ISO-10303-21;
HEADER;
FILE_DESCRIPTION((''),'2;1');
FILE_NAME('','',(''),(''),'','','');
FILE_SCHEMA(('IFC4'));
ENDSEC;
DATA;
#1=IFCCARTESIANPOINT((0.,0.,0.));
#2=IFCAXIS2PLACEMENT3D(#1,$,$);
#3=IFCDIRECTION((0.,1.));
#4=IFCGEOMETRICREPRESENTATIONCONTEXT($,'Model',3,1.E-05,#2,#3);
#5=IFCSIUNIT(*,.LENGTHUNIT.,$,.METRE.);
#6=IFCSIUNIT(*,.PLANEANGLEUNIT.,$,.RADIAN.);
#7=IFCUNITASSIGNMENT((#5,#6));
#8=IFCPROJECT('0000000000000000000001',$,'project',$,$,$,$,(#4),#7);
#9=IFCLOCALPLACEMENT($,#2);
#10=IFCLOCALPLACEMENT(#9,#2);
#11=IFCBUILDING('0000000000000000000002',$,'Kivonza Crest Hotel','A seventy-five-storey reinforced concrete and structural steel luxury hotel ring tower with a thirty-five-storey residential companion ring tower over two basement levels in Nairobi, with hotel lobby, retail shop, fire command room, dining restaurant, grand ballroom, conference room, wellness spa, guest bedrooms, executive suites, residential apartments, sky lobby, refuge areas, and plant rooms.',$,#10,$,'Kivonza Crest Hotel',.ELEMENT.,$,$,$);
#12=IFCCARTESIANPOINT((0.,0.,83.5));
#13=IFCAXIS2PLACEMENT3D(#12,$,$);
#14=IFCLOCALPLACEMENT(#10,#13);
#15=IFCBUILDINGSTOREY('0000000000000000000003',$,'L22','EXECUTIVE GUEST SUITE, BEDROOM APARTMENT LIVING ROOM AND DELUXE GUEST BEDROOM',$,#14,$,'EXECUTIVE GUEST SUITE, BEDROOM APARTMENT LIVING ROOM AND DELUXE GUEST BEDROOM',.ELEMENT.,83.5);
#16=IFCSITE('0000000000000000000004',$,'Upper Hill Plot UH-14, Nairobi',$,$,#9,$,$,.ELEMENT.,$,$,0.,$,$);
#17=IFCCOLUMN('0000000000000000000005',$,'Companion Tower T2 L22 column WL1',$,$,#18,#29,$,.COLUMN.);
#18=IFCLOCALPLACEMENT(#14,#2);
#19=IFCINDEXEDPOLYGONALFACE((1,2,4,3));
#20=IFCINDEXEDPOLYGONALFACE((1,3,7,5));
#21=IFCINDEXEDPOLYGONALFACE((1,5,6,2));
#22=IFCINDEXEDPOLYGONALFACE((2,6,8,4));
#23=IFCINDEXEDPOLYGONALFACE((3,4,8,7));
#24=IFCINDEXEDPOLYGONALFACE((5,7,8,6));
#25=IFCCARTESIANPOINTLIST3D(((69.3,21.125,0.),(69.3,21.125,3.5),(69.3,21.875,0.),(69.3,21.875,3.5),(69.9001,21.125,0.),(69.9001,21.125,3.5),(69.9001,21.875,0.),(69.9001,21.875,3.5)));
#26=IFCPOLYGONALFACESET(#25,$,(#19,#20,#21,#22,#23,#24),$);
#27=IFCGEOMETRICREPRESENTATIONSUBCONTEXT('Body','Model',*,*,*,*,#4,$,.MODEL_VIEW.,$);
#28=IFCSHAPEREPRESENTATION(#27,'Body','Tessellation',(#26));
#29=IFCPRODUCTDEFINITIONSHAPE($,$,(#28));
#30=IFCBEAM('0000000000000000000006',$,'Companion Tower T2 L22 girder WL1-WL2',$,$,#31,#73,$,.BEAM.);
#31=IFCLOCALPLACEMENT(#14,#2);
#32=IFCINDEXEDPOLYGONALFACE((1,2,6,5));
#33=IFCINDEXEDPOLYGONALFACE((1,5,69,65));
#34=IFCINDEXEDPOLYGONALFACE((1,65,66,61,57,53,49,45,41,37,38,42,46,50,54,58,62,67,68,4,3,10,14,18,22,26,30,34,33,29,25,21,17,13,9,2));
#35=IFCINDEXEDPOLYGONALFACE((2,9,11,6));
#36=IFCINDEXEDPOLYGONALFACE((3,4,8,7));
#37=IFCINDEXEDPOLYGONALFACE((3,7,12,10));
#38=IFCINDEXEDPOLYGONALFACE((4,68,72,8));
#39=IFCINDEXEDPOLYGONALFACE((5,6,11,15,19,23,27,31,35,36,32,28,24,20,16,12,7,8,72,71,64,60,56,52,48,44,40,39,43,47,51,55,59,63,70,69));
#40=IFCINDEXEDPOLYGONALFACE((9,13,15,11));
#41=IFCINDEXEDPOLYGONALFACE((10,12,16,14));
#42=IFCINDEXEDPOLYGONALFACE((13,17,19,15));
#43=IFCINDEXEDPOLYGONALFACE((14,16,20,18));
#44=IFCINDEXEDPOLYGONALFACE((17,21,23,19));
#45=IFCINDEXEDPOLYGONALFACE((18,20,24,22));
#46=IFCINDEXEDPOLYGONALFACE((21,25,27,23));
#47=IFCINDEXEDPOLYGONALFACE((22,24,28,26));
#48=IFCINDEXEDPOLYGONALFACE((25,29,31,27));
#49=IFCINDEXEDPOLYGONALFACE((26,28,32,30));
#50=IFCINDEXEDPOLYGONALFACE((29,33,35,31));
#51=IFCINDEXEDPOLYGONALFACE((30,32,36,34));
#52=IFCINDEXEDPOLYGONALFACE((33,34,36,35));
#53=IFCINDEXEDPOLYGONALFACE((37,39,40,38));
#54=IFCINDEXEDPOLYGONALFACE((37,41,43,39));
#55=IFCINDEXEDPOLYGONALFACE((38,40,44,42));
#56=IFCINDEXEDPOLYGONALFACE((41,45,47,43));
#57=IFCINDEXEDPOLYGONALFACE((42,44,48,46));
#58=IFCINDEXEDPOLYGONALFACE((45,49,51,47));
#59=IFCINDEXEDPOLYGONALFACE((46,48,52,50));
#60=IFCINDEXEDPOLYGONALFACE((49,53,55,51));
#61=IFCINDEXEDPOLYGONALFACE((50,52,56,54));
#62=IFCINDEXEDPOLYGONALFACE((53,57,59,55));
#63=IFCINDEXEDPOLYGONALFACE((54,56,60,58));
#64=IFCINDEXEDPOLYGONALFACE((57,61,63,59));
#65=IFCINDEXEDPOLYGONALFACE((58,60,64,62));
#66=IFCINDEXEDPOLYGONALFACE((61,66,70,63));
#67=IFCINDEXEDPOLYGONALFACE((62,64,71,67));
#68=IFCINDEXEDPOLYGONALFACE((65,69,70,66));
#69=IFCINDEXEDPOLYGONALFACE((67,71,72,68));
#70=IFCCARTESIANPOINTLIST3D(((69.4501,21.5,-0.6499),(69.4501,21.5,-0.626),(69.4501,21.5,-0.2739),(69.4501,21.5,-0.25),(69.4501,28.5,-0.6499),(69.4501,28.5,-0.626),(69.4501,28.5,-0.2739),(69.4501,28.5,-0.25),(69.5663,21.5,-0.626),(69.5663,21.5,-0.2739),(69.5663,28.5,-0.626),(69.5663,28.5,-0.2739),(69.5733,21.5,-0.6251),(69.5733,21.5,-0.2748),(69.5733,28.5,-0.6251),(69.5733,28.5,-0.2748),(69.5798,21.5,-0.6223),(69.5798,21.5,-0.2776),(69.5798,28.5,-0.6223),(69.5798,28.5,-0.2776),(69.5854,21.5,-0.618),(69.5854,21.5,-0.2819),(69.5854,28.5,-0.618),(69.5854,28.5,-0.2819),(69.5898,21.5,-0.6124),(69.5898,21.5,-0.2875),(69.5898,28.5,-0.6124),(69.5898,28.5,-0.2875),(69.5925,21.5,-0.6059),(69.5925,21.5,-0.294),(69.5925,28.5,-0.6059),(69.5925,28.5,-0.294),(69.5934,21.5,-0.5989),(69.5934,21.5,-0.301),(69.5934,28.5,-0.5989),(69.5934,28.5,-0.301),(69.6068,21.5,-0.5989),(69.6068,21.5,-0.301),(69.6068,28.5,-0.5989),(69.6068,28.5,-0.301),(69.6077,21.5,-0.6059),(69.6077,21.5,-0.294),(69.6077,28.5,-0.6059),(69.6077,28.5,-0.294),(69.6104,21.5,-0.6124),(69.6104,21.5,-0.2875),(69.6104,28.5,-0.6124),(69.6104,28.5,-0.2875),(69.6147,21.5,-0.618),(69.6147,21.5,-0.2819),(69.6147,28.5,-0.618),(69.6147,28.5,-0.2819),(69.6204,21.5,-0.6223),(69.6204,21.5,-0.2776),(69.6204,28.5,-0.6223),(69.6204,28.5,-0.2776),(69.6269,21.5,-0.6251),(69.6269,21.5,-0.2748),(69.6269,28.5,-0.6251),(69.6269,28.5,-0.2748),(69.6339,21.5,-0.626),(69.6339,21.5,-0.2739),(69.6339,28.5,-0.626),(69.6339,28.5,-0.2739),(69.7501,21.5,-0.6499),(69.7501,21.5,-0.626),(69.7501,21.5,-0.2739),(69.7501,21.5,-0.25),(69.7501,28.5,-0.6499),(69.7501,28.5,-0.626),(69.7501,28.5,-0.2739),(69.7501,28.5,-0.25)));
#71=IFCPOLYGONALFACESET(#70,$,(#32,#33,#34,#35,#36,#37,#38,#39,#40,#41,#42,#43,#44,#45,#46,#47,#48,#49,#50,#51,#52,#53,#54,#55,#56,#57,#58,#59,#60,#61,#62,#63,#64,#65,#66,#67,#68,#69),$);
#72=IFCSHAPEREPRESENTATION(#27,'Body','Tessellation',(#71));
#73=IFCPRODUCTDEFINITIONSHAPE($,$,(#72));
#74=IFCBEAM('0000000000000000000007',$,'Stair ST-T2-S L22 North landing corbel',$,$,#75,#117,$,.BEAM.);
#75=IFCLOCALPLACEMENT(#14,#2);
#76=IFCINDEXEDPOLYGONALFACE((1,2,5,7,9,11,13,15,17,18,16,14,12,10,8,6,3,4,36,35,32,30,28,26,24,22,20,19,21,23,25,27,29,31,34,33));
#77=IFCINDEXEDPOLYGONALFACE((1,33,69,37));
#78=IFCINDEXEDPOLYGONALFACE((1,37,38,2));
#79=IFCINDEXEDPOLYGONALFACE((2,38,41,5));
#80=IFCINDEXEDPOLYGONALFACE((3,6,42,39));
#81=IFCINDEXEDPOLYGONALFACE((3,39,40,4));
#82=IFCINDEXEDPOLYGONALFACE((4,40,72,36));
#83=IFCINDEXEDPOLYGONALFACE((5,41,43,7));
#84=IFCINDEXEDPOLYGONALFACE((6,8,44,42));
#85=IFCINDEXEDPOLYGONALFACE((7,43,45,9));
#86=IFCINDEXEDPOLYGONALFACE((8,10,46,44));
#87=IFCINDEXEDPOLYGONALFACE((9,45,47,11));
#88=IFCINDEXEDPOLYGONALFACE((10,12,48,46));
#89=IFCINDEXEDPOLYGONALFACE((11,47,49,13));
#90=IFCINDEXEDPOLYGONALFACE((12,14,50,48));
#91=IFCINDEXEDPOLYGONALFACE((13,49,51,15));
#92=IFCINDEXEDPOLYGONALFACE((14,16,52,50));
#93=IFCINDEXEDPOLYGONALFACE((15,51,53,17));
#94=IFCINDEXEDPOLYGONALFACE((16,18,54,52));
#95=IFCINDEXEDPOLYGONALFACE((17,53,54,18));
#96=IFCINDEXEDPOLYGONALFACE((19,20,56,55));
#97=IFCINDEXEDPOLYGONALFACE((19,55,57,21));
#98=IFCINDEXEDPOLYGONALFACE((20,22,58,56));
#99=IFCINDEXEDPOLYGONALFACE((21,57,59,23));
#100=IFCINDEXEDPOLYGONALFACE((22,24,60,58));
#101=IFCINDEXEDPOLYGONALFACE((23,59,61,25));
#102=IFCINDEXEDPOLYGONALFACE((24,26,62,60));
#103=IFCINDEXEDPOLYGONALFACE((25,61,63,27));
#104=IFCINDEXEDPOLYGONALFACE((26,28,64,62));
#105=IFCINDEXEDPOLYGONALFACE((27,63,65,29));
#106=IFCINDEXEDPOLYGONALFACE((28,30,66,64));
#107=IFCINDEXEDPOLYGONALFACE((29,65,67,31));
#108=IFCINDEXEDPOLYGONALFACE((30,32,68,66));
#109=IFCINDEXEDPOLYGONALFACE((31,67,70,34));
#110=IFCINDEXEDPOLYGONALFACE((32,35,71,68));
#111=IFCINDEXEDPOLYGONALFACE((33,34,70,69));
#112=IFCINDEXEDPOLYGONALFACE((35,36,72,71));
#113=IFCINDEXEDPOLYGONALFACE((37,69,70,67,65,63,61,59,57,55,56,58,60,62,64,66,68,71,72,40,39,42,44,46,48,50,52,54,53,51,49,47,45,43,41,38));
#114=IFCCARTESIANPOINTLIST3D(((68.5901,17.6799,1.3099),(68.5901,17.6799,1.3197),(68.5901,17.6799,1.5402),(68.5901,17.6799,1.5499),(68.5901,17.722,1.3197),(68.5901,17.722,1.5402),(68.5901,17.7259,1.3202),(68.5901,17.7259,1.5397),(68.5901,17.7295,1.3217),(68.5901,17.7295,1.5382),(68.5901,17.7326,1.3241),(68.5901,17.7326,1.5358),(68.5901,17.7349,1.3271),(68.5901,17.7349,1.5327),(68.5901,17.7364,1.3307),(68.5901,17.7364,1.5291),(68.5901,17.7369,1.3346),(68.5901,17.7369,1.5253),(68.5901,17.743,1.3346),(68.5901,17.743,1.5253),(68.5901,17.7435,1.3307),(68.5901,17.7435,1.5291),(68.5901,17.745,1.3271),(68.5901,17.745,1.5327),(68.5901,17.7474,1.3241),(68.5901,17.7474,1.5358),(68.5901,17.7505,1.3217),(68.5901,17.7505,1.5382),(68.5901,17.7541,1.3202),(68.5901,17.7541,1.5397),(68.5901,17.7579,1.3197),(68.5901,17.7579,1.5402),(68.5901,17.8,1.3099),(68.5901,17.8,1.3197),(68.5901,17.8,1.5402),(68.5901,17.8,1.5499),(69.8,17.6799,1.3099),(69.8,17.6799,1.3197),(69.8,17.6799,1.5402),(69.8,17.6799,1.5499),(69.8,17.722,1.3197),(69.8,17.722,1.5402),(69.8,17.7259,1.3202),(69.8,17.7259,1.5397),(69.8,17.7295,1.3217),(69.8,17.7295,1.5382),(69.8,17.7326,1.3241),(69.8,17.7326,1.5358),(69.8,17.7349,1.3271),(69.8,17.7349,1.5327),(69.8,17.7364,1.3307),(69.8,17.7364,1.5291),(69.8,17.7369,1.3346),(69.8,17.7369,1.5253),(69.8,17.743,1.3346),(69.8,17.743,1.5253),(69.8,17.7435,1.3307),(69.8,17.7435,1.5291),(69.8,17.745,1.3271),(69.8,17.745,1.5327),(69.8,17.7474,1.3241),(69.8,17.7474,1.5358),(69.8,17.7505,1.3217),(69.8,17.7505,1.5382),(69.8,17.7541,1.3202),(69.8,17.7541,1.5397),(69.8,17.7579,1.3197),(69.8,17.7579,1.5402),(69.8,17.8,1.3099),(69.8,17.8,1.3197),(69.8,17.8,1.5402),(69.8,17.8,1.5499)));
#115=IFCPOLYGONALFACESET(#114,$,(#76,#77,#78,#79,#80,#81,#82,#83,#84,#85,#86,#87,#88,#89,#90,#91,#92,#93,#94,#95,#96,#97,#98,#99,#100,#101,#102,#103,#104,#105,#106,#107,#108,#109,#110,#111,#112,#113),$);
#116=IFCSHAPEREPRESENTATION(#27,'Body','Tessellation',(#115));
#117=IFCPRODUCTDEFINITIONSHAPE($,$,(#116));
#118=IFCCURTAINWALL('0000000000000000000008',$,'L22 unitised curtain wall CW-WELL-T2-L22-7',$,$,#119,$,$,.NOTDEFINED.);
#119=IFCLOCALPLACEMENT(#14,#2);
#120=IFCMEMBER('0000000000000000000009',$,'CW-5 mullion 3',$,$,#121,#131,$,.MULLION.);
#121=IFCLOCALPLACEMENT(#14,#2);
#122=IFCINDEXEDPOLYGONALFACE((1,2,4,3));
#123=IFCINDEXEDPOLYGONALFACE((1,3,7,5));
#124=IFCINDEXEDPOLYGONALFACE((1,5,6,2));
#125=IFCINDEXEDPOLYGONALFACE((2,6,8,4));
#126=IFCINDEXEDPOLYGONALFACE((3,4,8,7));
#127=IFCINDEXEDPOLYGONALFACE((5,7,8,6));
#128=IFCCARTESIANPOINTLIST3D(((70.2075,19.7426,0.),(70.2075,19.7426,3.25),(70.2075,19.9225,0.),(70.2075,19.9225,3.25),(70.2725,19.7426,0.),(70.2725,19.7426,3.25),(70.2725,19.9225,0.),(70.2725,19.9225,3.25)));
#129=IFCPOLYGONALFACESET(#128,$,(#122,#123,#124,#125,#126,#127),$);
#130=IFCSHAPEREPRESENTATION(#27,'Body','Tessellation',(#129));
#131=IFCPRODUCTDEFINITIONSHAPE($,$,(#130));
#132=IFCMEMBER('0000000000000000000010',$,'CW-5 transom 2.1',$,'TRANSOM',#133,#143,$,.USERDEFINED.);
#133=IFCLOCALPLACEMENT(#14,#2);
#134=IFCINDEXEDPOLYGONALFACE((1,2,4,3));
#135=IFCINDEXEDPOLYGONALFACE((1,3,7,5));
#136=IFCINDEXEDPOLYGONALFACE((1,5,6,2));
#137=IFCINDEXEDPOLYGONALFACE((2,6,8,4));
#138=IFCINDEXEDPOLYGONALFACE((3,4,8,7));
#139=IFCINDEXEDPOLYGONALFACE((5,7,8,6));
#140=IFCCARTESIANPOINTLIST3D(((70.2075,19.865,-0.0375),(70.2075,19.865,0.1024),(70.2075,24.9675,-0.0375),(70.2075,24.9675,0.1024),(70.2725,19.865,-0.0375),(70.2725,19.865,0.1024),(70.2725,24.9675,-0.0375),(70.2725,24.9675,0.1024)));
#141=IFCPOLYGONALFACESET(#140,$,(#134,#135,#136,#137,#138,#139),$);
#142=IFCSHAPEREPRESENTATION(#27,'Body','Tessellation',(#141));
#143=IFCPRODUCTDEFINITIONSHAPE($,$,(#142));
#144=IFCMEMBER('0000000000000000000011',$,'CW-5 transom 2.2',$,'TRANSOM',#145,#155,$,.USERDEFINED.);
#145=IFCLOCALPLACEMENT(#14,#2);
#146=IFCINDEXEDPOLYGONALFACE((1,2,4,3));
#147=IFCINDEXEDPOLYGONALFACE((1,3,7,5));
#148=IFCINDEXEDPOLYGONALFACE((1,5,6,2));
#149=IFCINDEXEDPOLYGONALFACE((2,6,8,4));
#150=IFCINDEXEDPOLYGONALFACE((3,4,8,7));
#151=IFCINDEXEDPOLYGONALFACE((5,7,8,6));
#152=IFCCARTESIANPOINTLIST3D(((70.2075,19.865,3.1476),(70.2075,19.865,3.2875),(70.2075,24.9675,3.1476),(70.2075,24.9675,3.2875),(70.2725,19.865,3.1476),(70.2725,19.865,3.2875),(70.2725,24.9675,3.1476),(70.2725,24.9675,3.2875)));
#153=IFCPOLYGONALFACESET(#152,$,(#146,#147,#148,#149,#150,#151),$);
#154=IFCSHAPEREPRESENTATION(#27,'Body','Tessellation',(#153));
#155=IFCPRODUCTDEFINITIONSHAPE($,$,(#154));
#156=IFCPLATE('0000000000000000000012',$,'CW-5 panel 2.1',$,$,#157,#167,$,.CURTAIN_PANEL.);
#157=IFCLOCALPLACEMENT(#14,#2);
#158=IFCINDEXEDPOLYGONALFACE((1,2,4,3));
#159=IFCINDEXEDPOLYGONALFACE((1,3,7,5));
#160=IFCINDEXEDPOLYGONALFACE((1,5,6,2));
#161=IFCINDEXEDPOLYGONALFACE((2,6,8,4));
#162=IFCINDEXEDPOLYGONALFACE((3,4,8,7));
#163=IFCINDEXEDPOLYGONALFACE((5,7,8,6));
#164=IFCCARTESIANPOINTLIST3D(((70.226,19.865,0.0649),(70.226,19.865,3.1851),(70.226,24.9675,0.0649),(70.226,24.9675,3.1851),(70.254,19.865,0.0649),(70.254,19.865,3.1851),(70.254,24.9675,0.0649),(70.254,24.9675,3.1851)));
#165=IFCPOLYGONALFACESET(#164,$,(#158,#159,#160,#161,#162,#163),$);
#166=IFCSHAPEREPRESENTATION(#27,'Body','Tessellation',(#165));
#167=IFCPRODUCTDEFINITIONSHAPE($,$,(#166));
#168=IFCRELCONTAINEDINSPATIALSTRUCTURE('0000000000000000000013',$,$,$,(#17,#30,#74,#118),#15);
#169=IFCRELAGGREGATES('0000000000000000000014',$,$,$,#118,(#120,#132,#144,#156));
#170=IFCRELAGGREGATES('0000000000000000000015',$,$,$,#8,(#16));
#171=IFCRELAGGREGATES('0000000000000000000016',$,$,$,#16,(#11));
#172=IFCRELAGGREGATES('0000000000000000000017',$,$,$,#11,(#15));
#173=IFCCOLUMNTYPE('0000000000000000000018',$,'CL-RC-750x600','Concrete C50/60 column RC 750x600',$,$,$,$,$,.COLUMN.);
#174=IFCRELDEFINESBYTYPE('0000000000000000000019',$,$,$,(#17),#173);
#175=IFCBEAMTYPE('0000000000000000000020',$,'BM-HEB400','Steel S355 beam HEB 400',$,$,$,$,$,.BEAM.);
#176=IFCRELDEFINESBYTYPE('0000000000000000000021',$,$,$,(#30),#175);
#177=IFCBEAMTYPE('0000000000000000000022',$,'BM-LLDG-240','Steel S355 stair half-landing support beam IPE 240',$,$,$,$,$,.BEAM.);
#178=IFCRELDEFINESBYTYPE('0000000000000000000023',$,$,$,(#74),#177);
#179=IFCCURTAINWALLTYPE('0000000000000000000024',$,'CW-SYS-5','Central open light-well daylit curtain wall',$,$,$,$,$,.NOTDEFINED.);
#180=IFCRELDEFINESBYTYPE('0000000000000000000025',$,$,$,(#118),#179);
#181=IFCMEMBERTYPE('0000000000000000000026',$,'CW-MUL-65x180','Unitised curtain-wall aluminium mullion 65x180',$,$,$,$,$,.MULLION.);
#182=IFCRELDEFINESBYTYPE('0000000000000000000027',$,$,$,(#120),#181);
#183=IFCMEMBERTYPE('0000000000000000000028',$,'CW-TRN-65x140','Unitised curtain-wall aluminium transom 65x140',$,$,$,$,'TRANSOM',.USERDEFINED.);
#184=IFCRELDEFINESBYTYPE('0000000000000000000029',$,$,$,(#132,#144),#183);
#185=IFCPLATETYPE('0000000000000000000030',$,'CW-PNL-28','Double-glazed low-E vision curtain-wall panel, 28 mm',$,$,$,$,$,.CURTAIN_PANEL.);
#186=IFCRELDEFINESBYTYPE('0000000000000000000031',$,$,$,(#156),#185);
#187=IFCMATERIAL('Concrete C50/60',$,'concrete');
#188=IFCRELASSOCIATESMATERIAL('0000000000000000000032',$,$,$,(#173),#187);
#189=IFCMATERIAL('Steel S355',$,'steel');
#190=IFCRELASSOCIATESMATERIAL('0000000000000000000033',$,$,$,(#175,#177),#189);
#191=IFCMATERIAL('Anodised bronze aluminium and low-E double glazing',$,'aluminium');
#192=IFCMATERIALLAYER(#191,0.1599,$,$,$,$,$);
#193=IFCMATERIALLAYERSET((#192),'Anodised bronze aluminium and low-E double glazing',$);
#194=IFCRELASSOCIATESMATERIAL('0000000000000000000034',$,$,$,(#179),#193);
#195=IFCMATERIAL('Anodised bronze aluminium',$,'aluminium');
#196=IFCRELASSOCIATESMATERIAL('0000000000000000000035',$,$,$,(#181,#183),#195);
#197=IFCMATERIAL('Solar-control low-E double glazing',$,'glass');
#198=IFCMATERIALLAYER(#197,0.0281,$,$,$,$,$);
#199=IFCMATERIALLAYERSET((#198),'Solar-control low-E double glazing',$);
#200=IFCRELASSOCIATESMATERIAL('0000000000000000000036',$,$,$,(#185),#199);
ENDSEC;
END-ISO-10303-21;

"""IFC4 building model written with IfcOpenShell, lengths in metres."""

from ifc_helpers import new_model, si_unit, direction, frame, origin, origin_2d, place, context, subcontext, project, spatial, rectangle, i_section, extrude, material, layer, layer_set, material_profile, profile_set, type_object, element, aggregate, save


model = new_model("IFC4")

# Units and contexts
model_context = context("Model", 3, precision=1e-05, world=origin(), true_north=direction((0.0, 1.0)))
body_context = subcontext(model_context, "Body", "Model", "MODEL_VIEW")
ifc_project = project(units=[si_unit("LENGTHUNIT", "METRE"), si_unit("PLANEANGLEUNIT", "RADIAN")], contexts=[model_context])

# Site, building, storey
site_placement = place(None, origin())
site = spatial("IfcSite", under=ifc_project, at=site_placement, Name="Upper Hill Plot UH-14, Nairobi", CompositionType="ELEMENT", RefElevation=0.0)
building_placement = place(site_placement, origin())
building = spatial("IfcBuilding", under=site, at=building_placement, Name="Kivonza Crest Hotel", Description="A seventy-five-storey reinforced concrete and structural steel luxury hotel ring tower with a thirty-five-storey residential companion ring tower over two basement levels in Nairobi, with hotel lobby, retail shop, fire command room, dining restaurant, grand ballroom, conference room, wellness spa, guest bedrooms, executive suites, residential apartments, sky lobby, refuge areas, and plant rooms.", LongName="Kivonza Crest Hotel", CompositionType="ELEMENT")
storey_placement = place(building_placement, frame((0.0, 0.0, 83.5)))
storey = spatial("IfcBuildingStorey", under=building, at=storey_placement, Name="L22", Description="EXECUTIVE GUEST SUITE, BEDROOM APARTMENT LIVING ROOM AND DELUXE GUEST BEDROOM", LongName="EXECUTIVE GUEST SUITE, BEDROOM APARTMENT LIVING ROOM AND DELUXE GUEST BEDROOM", CompositionType="ELEMENT", Elevation=83.5)

# Column
ifc_material_1 = material(Name="Concrete C50/60", Category="concrete")
ifc_material_profile_1 = material_profile(ifc_material_1, rectangle(XDim=0.6001, YDim=0.75, at=origin_2d()), Name="RC 750x600")
ifc_profile_set_1 = profile_set([ifc_material_profile_1], Name="Concrete C50/60")
column_type = type_object("IfcColumnType", Name="CL-RC-750x600", Description="Concrete C50/60 column RC 750x600", PredefinedType="COLUMN", material=ifc_profile_set_1)
column_placement = place(storey_placement, frame((69.6001, 21.5, 0.0), z_axis=(0.0, 0.0, 1.0), x_axis=(1.0, 0.0, 0.0)))
element("IfcColumn", 1, at=column_placement, inside=storey, type_object=column_type, Name="Companion Tower T2 L22 column WL1", PredefinedType="COLUMN", context=body_context, shape_type="SweptSolid", body=[
    extrude(rectangle(XDim=0.6001, YDim=0.75, at=origin_2d()), origin(), (0.0, 0.0, 1.0), 3.5),
])

# Beams
ifc_material_2 = material(Name="Steel S355", Category="steel")
ifc_material_profile_2 = material_profile(ifc_material_2, i_section(OverallWidth=0.3, OverallDepth=0.3999, WebThickness=0.0134, FlangeThickness=0.0239, FilletRadius=0.0271, at=origin_2d()), Name="HEB 400")
ifc_profile_set_2 = profile_set([ifc_material_profile_2], Name="Steel S355")
beam_type_1 = type_object("IfcBeamType", Name="BM-HEB400", Description="Steel S355 beam HEB 400", PredefinedType="BEAM", material=ifc_profile_set_2)
beam_1_placement = place(storey_placement, frame((69.6001, 21.5, -0.45), z_axis=(0.0, 1.0, 0.0), x_axis=(-1.0, 0.0, 0.0)))
element("IfcBeam", 2, at=beam_1_placement, inside=storey, type_object=beam_type_1, Name="Companion Tower T2 L22 girder WL1-WL2", PredefinedType="BEAM", context=body_context, shape_type="SweptSolid", body=[
    extrude(i_section(OverallWidth=0.3, OverallDepth=0.3999, WebThickness=0.0134, FlangeThickness=0.0239, FilletRadius=0.0271, at=origin_2d()), origin(), (0.0, 0.0, 1.0), 7.0),
])
ifc_material_profile_3 = material_profile(ifc_material_2, i_section(OverallWidth=0.1201, OverallDepth=0.24, WebThickness=0.0061, FlangeThickness=0.0098, FilletRadius=0.0149, at=origin_2d()), Name="IPE 240")
ifc_profile_set_3 = profile_set([ifc_material_profile_3], Name="Steel S355")
beam_type_2 = type_object("IfcBeamType", Name="BM-LLDG-240", Description="Steel S355 stair half-landing support beam IPE 240", PredefinedType="BEAM", material=ifc_profile_set_3)
beam_2_placement = place(storey_placement, frame((68.5901, 17.74, 1.4299), z_axis=(1.0, 0.0, 0.0), x_axis=(0.0, 1.0, 0.0)))
element("IfcBeam", 3, at=beam_2_placement, inside=storey, type_object=beam_type_2, Name="Stair ST-T2-S L22 North landing corbel", PredefinedType="BEAM", context=body_context, shape_type="SweptSolid", body=[
    extrude(i_section(OverallWidth=0.1201, OverallDepth=0.24, WebThickness=0.0061, FlangeThickness=0.0098, FilletRadius=0.0149, at=origin_2d()), origin(), (0.0, 0.0, 1.0), 1.21),
])

# Curtain wall, members, plate
ifc_material_3 = material(Name="Anodised bronze aluminium and low-E double glazing", Category="aluminium")
ifc_layer_1 = layer(ifc_material_3, 0.1599)
ifc_layer_set_1 = layer_set([ifc_layer_1], Name="Anodised bronze aluminium and low-E double glazing")
curtain_wall_type = type_object("IfcCurtainWallType", Name="CW-SYS-5", Description="Central open light-well daylit curtain wall", PredefinedType="NOTDEFINED", material=ifc_layer_set_1)
curtain_wall_placement = place(storey_placement, origin())
curtain_wall = element("IfcCurtainWall", 4, at=curtain_wall_placement, inside=storey, type_object=curtain_wall_type, Name="L22 unitised curtain wall CW-WELL-T2-L22-7", PredefinedType="NOTDEFINED")
ifc_material_4 = material(Name="Anodised bronze aluminium", Category="aluminium")
ifc_material_profile_4 = material_profile(ifc_material_4, rectangle(XDim=0.0649, YDim=0.1799, at=origin_2d()), Name="CW-M 65x180")
ifc_profile_set_4 = profile_set([ifc_material_profile_4], Name="Anodised bronze aluminium")
member_type_1 = type_object("IfcMemberType", Name="CW-MUL-65x180", Description="Unitised curtain-wall aluminium mullion 65x180", PredefinedType="MULLION", material=ifc_profile_set_4)
member_1_placement = place(storey_placement, frame((70.24, 19.8325, 0.0), z_axis=(0.0, 0.0, 1.0), x_axis=(1.0, 0.0, 0.0)))
member_1 = element("IfcMember", 5, at=member_1_placement, type_object=member_type_1, Name="CW-5 mullion 3", PredefinedType="MULLION", context=body_context, shape_type="SweptSolid", body=[
    extrude(rectangle(XDim=0.0649, YDim=0.1799, at=origin_2d()), origin(), (0.0, 0.0, 1.0), 3.25),
])
ifc_material_profile_5 = material_profile(ifc_material_4, rectangle(XDim=0.0649, YDim=0.1399, at=origin_2d()), Name="CW-T 65x140")
ifc_profile_set_5 = profile_set([ifc_material_profile_5], Name="Anodised bronze aluminium")
member_type_2 = type_object("IfcMemberType", Name="CW-TRN-65x140", Description="Unitised curtain-wall aluminium transom 65x140", ElementType="TRANSOM", PredefinedType="USERDEFINED", material=ifc_profile_set_5)
member_2_placement = place(storey_placement, frame((70.24, 24.9675, 0.0325), z_axis=(0.0, -1.0, 0.0), x_axis=(1.0, 0.0, 0.0)))
member_2 = element("IfcMember", 6, at=member_2_placement, type_object=member_type_2, Name="CW-5 transom 2.1", ObjectType="TRANSOM", PredefinedType="USERDEFINED", context=body_context, shape_type="SweptSolid", body=[
    extrude(rectangle(XDim=0.0649, YDim=0.1399, at=origin_2d()), origin(), (0.0, 0.0, 1.0), 5.1025),
])
member_3_placement = place(storey_placement, frame((70.24, 24.9675, 3.2175), z_axis=(0.0, -1.0, 0.0), x_axis=(1.0, 0.0, 0.0)))
member_3 = element("IfcMember", 7, at=member_3_placement, type_object=member_type_2, Name="CW-5 transom 2.2", ObjectType="TRANSOM", PredefinedType="USERDEFINED", context=body_context, shape_type="SweptSolid", body=[
    extrude(rectangle(XDim=0.0649, YDim=0.1399, at=origin_2d()), origin(), (0.0, 0.0, 1.0), 5.1025),
])
ifc_material_5 = material(Name="Solar-control low-E double glazing", Category="glass")
ifc_layer_2 = layer(ifc_material_5, 0.0281)
ifc_layer_set_2 = layer_set([ifc_layer_2], Name="Solar-control low-E double glazing")
plate_type = type_object("IfcPlateType", Name="CW-PNL-28", Description="Double-glazed low-E vision curtain-wall panel, 28 mm", PredefinedType="CURTAIN_PANEL", material=ifc_layer_set_2)
plate_placement = place(storey_placement, frame((70.24, 22.4163, 0.0649), z_axis=(0.0, 0.0, 1.0), x_axis=(0.0, -1.0, 0.0)))
plate = element("IfcPlate", 8, at=plate_placement, type_object=plate_type, Name="CW-5 panel 2.1", PredefinedType="CURTAIN_PANEL", context=body_context, shape_type="SweptSolid", body=[
    extrude(rectangle(XDim=5.1025, YDim=0.0281, at=origin_2d()), origin(), (0.0, 0.0, 1.0), 3.1201),
])
aggregate(curtain_wall, [member_1, member_2, member_3, plate])

save(model, "model.ifc")
